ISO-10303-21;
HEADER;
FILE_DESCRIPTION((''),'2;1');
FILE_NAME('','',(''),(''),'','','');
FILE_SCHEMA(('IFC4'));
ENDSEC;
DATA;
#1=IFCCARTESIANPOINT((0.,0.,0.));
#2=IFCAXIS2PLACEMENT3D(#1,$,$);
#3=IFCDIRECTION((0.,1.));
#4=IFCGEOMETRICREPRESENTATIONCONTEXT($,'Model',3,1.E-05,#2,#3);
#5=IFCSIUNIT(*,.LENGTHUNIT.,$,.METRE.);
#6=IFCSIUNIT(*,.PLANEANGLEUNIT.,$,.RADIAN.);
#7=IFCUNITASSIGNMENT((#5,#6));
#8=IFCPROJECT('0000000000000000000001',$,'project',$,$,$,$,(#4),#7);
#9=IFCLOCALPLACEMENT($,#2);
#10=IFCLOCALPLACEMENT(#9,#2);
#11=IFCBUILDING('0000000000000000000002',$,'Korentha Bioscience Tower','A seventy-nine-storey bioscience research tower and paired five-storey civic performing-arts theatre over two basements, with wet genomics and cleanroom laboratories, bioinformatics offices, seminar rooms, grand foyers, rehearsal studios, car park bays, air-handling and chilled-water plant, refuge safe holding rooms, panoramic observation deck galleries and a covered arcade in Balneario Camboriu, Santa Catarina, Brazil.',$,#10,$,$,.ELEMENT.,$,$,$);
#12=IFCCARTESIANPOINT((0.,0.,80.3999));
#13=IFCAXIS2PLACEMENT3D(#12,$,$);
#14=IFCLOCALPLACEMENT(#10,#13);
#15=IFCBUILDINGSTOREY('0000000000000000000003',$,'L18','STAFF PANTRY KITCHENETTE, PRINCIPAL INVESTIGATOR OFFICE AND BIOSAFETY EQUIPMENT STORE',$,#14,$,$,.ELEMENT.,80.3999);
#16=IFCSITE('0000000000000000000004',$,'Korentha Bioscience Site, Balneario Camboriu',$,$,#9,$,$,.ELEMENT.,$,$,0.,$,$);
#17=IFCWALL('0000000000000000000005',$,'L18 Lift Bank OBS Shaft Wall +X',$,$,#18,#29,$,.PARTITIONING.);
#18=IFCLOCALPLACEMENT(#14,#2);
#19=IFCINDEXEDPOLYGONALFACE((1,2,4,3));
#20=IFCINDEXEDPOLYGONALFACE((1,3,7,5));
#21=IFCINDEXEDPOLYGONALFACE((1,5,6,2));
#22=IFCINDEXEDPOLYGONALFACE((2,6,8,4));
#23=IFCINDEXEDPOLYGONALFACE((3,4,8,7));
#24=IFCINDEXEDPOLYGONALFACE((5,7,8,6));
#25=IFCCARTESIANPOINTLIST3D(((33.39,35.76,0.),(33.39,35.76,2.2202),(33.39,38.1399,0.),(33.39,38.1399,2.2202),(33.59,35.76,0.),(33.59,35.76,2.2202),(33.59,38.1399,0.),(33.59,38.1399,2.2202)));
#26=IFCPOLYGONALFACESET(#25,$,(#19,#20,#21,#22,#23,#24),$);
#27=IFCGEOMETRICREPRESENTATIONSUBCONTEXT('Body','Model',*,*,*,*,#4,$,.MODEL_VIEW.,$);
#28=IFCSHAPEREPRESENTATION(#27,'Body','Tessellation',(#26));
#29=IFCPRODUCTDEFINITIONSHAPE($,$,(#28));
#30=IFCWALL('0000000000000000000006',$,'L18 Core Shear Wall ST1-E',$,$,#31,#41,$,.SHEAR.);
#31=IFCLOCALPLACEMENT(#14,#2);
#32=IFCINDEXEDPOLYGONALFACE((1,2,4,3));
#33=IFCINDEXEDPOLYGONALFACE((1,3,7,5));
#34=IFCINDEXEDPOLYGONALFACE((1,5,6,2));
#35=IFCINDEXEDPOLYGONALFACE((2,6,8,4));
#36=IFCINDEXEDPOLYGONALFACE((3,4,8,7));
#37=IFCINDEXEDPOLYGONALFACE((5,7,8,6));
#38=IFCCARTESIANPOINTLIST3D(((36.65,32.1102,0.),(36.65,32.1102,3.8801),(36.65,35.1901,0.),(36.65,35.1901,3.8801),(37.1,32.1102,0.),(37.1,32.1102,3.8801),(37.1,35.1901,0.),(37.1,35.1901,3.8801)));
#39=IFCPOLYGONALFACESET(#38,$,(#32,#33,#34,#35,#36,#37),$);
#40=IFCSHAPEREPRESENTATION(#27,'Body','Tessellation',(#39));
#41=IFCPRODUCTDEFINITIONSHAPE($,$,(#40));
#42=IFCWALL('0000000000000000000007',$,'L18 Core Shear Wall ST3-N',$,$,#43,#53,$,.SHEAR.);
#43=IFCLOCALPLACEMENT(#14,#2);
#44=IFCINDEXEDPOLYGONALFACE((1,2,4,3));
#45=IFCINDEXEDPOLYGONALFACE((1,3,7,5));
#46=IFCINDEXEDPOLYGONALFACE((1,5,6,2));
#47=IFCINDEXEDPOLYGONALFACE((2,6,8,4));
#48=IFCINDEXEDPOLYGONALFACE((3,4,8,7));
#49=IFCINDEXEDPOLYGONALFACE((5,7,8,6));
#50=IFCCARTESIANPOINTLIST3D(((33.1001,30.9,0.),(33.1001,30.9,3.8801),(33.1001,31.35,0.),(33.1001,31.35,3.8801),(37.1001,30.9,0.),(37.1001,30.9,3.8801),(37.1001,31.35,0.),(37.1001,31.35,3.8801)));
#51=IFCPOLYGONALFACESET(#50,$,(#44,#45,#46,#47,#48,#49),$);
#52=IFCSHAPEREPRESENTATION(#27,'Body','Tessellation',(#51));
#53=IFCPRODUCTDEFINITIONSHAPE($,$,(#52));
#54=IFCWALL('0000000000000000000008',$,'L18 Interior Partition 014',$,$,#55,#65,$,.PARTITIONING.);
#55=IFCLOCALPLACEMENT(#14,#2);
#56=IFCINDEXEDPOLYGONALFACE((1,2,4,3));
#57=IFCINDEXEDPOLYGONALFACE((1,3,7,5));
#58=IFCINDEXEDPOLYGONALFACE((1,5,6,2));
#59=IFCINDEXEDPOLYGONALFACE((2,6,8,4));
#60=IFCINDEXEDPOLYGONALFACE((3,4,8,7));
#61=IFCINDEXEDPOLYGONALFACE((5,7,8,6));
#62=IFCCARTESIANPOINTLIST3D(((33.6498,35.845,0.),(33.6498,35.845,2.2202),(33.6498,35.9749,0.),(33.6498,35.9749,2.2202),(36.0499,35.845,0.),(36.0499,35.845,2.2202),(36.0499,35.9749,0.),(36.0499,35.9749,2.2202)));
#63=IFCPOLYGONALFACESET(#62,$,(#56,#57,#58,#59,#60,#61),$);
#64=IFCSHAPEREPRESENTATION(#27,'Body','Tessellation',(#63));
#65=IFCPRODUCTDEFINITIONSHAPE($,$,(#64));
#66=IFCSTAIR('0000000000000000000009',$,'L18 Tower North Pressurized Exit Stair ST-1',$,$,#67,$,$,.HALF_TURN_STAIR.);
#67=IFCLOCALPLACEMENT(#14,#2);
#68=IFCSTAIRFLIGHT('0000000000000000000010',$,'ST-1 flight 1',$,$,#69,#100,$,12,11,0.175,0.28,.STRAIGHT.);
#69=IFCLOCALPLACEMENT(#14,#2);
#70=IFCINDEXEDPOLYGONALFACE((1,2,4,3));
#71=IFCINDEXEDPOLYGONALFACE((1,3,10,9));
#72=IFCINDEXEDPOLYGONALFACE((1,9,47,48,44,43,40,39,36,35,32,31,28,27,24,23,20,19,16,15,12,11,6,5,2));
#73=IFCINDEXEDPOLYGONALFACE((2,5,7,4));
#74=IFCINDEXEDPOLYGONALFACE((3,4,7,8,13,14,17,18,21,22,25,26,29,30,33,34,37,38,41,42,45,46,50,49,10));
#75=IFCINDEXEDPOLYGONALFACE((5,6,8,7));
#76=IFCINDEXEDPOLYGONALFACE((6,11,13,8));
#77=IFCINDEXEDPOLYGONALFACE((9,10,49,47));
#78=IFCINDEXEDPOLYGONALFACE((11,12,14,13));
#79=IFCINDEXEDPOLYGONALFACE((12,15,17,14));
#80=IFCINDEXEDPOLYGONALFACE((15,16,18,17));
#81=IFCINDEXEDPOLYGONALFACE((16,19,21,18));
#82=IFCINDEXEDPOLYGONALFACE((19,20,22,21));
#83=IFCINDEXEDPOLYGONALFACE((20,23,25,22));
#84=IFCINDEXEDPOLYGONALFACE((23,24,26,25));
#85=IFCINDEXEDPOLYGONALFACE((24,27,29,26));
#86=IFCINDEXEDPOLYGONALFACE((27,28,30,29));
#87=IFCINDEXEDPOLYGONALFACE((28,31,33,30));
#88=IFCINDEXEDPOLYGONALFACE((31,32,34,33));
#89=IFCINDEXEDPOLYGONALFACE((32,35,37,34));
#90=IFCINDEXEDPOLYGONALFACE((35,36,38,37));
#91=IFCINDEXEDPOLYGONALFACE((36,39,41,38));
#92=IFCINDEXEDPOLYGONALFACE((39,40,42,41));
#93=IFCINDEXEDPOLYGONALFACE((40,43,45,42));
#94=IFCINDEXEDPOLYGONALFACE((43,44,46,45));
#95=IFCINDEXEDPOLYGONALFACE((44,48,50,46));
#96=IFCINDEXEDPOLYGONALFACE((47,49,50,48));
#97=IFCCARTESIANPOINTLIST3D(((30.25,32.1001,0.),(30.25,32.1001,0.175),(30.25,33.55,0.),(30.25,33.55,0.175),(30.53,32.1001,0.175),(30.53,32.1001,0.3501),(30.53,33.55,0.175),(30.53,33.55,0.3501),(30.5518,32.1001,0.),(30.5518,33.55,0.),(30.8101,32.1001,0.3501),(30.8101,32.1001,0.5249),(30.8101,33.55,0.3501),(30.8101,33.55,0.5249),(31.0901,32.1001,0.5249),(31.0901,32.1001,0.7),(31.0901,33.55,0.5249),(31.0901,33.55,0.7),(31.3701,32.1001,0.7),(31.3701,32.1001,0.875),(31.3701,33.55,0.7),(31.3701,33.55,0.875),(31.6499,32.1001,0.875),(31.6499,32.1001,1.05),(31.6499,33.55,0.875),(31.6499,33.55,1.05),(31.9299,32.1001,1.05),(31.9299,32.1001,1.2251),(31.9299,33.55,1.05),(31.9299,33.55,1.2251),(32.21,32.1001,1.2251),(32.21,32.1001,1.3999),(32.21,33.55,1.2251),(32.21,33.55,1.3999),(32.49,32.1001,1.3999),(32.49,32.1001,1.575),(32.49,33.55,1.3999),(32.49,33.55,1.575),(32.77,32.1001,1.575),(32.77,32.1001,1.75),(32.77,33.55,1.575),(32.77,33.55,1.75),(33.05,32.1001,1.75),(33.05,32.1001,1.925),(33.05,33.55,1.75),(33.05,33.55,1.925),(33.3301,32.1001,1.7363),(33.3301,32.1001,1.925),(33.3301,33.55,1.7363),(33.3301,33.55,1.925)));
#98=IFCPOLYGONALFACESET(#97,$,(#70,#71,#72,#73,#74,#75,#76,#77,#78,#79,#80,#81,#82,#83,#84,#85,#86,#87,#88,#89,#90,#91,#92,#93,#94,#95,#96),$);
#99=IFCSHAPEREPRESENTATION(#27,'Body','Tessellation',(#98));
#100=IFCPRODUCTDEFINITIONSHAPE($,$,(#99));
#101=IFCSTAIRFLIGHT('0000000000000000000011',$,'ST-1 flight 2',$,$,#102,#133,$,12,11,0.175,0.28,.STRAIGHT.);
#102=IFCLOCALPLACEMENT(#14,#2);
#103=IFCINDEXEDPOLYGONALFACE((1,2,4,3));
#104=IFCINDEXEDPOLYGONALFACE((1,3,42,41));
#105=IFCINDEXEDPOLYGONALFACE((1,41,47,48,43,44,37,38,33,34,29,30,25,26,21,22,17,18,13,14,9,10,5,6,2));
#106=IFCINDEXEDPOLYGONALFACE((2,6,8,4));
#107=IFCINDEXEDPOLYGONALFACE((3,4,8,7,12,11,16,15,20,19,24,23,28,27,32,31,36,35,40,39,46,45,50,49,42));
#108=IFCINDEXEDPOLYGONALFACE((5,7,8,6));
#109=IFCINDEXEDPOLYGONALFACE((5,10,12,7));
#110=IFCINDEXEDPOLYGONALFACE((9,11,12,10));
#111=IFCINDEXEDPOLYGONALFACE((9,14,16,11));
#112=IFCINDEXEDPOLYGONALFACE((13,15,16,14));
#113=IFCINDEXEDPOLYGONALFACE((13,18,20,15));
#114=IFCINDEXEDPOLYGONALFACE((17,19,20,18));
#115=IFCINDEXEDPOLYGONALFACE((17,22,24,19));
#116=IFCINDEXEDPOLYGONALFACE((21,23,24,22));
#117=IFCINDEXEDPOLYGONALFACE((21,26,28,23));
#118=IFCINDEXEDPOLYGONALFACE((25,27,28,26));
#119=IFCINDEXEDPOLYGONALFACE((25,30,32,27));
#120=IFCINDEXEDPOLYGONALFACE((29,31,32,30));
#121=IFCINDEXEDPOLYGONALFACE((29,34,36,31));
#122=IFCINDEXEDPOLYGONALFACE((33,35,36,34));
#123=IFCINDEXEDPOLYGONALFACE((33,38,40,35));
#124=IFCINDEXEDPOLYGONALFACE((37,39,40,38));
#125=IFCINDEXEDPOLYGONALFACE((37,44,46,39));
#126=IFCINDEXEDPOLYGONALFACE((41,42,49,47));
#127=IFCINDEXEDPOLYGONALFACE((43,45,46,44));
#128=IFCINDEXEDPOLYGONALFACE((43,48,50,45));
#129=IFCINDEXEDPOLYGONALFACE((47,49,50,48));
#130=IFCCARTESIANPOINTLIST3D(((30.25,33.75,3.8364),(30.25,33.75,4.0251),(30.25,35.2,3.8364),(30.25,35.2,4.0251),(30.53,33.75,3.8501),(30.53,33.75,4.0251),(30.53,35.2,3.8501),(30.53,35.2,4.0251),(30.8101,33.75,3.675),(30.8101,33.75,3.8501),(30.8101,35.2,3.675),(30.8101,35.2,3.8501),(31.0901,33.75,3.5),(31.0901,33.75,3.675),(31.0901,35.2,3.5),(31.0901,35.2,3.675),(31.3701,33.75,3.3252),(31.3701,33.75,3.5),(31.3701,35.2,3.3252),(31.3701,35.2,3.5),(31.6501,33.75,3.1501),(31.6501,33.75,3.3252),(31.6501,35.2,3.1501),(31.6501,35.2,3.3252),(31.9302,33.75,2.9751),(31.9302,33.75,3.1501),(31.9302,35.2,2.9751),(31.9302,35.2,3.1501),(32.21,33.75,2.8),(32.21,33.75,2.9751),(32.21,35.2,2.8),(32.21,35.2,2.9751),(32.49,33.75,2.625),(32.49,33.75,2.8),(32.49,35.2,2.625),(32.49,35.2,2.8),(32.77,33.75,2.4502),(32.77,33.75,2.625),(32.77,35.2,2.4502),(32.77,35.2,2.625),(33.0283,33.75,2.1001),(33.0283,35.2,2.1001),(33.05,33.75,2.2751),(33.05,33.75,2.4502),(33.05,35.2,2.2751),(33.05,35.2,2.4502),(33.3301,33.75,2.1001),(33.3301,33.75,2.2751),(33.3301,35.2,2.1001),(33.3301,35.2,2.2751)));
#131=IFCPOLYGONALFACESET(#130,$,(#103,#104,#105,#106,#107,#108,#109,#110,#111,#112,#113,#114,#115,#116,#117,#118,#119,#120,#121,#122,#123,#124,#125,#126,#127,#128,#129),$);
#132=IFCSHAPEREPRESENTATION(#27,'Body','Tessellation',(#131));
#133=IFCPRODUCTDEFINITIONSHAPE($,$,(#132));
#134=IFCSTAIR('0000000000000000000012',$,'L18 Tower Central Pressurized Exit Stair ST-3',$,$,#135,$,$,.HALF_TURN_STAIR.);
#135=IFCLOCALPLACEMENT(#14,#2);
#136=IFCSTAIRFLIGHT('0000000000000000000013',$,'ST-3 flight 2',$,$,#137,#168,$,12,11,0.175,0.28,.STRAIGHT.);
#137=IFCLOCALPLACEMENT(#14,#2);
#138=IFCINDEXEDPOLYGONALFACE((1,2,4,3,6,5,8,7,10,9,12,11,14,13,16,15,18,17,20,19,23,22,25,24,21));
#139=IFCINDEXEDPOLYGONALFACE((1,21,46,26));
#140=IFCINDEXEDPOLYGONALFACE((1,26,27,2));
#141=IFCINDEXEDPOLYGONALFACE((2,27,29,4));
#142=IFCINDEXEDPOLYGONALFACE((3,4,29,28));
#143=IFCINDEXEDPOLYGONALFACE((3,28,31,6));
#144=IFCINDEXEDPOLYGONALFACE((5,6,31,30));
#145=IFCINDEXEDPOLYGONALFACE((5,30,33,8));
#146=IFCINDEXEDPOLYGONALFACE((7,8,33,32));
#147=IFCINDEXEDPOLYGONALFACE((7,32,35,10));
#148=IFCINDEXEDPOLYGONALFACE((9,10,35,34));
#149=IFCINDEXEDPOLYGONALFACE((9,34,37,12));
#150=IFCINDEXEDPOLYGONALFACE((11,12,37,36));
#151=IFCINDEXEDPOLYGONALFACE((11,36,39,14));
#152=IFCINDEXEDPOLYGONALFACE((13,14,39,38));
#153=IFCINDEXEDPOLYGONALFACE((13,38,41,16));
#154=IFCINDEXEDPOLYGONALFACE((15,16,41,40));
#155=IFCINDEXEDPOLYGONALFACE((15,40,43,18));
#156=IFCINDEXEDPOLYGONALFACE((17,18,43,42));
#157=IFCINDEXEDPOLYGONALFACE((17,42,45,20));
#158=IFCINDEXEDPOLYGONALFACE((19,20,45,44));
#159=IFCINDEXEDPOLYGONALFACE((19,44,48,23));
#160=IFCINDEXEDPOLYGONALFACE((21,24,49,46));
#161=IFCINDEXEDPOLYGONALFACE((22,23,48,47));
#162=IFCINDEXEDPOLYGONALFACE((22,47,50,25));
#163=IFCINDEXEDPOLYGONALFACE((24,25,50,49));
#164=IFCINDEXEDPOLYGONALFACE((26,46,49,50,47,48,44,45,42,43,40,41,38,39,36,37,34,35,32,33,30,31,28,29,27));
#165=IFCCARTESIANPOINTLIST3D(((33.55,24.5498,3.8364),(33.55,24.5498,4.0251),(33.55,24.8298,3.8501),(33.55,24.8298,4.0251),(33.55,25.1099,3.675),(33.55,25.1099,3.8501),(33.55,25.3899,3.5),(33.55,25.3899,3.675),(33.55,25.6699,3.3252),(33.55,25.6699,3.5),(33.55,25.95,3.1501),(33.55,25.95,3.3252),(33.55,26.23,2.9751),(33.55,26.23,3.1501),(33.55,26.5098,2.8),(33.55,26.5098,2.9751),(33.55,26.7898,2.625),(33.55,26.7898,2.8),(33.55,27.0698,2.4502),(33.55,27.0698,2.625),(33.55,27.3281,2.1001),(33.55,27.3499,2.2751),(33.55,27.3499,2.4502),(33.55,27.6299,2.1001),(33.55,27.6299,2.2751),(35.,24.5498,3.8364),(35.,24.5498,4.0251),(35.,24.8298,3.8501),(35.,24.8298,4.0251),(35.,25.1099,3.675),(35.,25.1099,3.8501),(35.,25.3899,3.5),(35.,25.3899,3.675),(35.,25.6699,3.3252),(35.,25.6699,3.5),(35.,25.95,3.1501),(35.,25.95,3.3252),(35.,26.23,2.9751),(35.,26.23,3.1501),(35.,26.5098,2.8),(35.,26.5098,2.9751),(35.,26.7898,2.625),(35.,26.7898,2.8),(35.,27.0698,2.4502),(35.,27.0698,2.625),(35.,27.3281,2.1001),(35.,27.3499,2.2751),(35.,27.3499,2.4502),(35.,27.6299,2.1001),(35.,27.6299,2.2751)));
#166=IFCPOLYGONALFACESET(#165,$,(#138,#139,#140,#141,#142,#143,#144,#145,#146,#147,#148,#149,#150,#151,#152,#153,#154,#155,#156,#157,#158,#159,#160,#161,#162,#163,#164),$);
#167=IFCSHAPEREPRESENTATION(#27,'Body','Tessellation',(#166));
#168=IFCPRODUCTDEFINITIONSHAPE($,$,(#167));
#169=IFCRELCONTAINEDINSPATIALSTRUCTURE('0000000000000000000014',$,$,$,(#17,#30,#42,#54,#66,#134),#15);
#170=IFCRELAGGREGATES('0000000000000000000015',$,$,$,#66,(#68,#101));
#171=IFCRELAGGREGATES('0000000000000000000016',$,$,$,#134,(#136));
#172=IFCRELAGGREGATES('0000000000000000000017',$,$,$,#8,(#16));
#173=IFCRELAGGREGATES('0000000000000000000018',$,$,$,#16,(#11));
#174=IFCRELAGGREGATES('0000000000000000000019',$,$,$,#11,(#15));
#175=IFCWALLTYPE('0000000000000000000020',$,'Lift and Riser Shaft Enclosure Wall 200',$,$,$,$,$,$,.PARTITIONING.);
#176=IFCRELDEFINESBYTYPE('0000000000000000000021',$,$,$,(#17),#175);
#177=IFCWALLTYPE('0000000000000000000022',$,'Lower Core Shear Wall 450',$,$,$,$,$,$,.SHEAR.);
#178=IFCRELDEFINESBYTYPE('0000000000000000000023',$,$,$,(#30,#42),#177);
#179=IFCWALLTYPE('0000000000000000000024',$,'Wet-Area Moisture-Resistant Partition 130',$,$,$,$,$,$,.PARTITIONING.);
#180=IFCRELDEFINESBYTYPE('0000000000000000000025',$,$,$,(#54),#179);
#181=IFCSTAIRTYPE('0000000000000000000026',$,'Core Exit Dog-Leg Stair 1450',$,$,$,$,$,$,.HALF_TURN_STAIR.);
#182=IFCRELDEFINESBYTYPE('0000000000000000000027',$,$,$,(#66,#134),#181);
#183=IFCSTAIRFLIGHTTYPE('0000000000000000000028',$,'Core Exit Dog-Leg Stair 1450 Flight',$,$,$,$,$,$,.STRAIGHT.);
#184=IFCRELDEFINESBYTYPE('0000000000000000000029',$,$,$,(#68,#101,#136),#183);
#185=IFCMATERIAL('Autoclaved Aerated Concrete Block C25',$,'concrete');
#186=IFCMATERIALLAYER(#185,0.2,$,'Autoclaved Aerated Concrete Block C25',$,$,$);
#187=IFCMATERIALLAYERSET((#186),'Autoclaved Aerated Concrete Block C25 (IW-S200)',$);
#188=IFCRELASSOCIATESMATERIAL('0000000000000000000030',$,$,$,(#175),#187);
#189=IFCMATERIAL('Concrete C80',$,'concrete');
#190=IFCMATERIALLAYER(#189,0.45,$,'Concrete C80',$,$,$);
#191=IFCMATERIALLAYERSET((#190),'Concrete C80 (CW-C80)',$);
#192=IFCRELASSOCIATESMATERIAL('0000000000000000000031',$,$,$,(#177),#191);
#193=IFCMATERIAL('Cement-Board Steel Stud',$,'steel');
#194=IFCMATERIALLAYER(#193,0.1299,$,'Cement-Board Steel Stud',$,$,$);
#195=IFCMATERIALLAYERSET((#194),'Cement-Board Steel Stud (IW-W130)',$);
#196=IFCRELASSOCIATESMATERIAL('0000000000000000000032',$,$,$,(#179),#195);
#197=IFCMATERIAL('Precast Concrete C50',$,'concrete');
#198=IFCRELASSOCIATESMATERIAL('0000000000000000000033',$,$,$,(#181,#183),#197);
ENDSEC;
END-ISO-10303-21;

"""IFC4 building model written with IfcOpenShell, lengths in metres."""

from ifc_helpers import new_model, si_unit, direction, frame, frame_2d, origin, place, context, subcontext, project, spatial, polyline, rectangle, outline, extrude, material, layer, layer_set, type_object, element, aggregate, save


model = new_model("IFC4")

# Units and contexts
model_context = context("Model", 3, precision=1e-05, world=origin(), true_north=direction((0.0, 1.0)))
body_context = subcontext(model_context, "Body", "Model", "MODEL_VIEW")
ifc_project = project(units=[si_unit("LENGTHUNIT", "METRE"), si_unit("PLANEANGLEUNIT", "RADIAN")], contexts=[model_context])

# Site, building, storey
site_placement = place(None, origin())
site = spatial("IfcSite", under=ifc_project, at=site_placement, Name="Korentha Bioscience Site, Balneario Camboriu", CompositionType="ELEMENT", RefElevation=0.0)
building_placement = place(site_placement, origin())
building = spatial("IfcBuilding", under=site, at=building_placement, Name="Korentha Bioscience Tower", Description="A seventy-nine-storey bioscience research tower and paired five-storey civic performing-arts theatre over two basements, with wet genomics and cleanroom laboratories, bioinformatics offices, seminar rooms, grand foyers, rehearsal studios, car park bays, air-handling and chilled-water plant, refuge safe holding rooms, panoramic observation deck galleries and a covered arcade in Balneario Camboriu, Santa Catarina, Brazil.", CompositionType="ELEMENT")
storey_placement = place(building_placement, frame((0.0, 0.0, 80.3999)))
storey = spatial("IfcBuildingStorey", under=building, at=storey_placement, Name="L18", Description="STAFF PANTRY KITCHENETTE, PRINCIPAL INVESTIGATOR OFFICE AND BIOSAFETY EQUIPMENT STORE", CompositionType="ELEMENT", Elevation=80.3999)

# Walls
ifc_material_1 = material(Name="Autoclaved Aerated Concrete Block C25", Category="concrete")
ifc_layer_1 = layer(ifc_material_1, 0.2, Name="Autoclaved Aerated Concrete Block C25")
ifc_layer_set_1 = layer_set([ifc_layer_1], Name="Autoclaved Aerated Concrete Block C25 (IW-S200)")
wall_type_1 = type_object("IfcWallType", Name="Lift and Riser Shaft Enclosure Wall 200", PredefinedType="PARTITIONING", material=ifc_layer_set_1)
wall_1_placement = place(storey_placement, frame((33.49, 35.76, 0.0), z_axis=(0.0, 0.0, 1.0), x_axis=(0.0, 1.0, 0.0)))
element("IfcWall", 1, at=wall_1_placement, inside=storey, type_object=wall_type_1, Name="L18 Lift Bank OBS Shaft Wall +X", PredefinedType="PARTITIONING", context=body_context, shape_type="SweptSolid", body=[
    extrude(rectangle(XDim=2.3799, YDim=0.2, at=frame_2d((1.1899, 0.0))), origin(), (0.0, 0.0, 1.0), 2.2202),
])
ifc_material_2 = material(Name="Concrete C80", Category="concrete")
ifc_layer_2 = layer(ifc_material_2, 0.45, Name="Concrete C80")
ifc_layer_set_2 = layer_set([ifc_layer_2], Name="Concrete C80 (CW-C80)")
wall_type_2 = type_object("IfcWallType", Name="Lower Core Shear Wall 450", PredefinedType="SHEAR", material=ifc_layer_set_2)
wall_2_placement = place(storey_placement, frame((36.875, 32.1101, 0.0), z_axis=(0.0, 0.0, 1.0), x_axis=(0.0, 1.0, 0.0)))
element("IfcWall", 2, at=wall_2_placement, inside=storey, type_object=wall_type_2, Name="L18 Core Shear Wall ST1-E", PredefinedType="SHEAR", context=body_context, shape_type="SweptSolid", body=[
    extrude(rectangle(XDim=3.0798, YDim=0.45, at=frame_2d((1.54, 0.0))), origin(), (0.0, 0.0, 1.0), 3.8801),
])
wall_3_placement = place(storey_placement, frame((33.1001, 31.125, 0.0), z_axis=(0.0, 0.0, 1.0), x_axis=(1.0, 0.0, 0.0)))
element("IfcWall", 3, at=wall_3_placement, inside=storey, type_object=wall_type_2, Name="L18 Core Shear Wall ST3-N", PredefinedType="SHEAR", context=body_context, shape_type="SweptSolid", body=[
    extrude(rectangle(XDim=4.0, YDim=0.45, at=frame_2d((2.0, 0.0))), origin(), (0.0, 0.0, 1.0), 3.8801),
])
ifc_material_3 = material(Name="Cement-Board Steel Stud", Category="steel")
ifc_layer_3 = layer(ifc_material_3, 0.1299, Name="Cement-Board Steel Stud")
ifc_layer_set_3 = layer_set([ifc_layer_3], Name="Cement-Board Steel Stud (IW-W130)")
wall_type_3 = type_object("IfcWallType", Name="Wet-Area Moisture-Resistant Partition 130", PredefinedType="PARTITIONING", material=ifc_layer_set_3)
wall_4_placement = place(storey_placement, frame((36.05, 35.9099, 0.0), z_axis=(0.0, 0.0, 1.0), x_axis=(-1.0, 0.0, 0.0)))
element("IfcWall", 4, at=wall_4_placement, inside=storey, type_object=wall_type_3, Name="L18 Interior Partition 014", PredefinedType="PARTITIONING", context=body_context, shape_type="SweptSolid", body=[
    extrude(rectangle(XDim=2.4001, YDim=0.1299, at=frame_2d((1.2002, 0.0))), origin(), (0.0, 0.0, 1.0), 2.2202),
])

# Stair, stair flights
ifc_material_4 = material(Name="Precast Concrete C50", Category="concrete")
stair_type = type_object("IfcStairType", Name="Core Exit Dog-Leg Stair 1450", PredefinedType="HALF_TURN_STAIR", material=ifc_material_4)
stair_1_placement = place(storey_placement, origin())
stair_1 = element("IfcStair", 5, at=stair_1_placement, inside=storey, type_object=stair_type, Name="L18 Tower North Pressurized Exit Stair ST-1", PredefinedType="HALF_TURN_STAIR")
stair_flight_type = type_object("IfcStairFlightType", Name="Core Exit Dog-Leg Stair 1450 Flight", PredefinedType="STRAIGHT", material=ifc_material_4)
stair_flight_1_placement = place(storey_placement, frame((30.25, 32.825, 0.0), z_axis=(0.0, 0.0, 1.0), x_axis=(1.0, 0.0, 0.0)))
stair_flight_1 = element("IfcStairFlight", 6, at=stair_flight_1_placement, type_object=stair_flight_type, Name="ST-1 flight 1", NumberOfRisers=12, NumberOfTreads=11, PredefinedType="STRAIGHT", RiserHeight=0.175, TreadLength=0.28, context=body_context, shape_type="SweptSolid", body=[
    extrude(outline(polyline([(0.0, 0.0), (0.0, 0.175), (0.28, 0.175), (0.28, 0.3501), (0.5601, 0.3501), (0.5601, 0.5249), (0.8401, 0.5249), (0.8401, 0.7), (1.1201, 0.7), (1.1201, 0.875), (1.3999, 0.875), (1.3999, 1.05), (1.6799, 1.05), (1.6799, 1.2251), (1.96, 1.2251), (1.96, 1.3999), (2.24, 1.3999), (2.24, 1.575), (2.52, 1.575), (2.52, 1.75), (2.8, 1.75), (2.8, 1.925), (3.0801, 1.925), (3.0801, 2.1001), (3.0801, 1.7363), (0.3018, 0.0), (0.0, 0.0)])), frame((0.0, 0.7251, 0.0), z_axis=(0.0, -1.0, 0.0), x_axis=(1.0, 0.0, 0.0)), (0.0, 0.0, 1.0), 1.45),
])
stair_flight_2_placement = place(storey_placement, frame((33.3301, 34.4751, 2.1001), z_axis=(0.0, 0.0, 1.0), x_axis=(-1.0, 0.0, 0.0)))
stair_flight_2 = element("IfcStairFlight", 7, at=stair_flight_2_placement, type_object=stair_flight_type, Name="ST-1 flight 2", NumberOfRisers=12, NumberOfTreads=11, PredefinedType="STRAIGHT", RiserHeight=0.175, TreadLength=0.28, context=body_context, shape_type="SweptSolid", body=[
    extrude(outline(polyline([(0.0, 0.0), (0.0, 0.175), (0.28, 0.175), (0.28, 0.3501), (0.5601, 0.3501), (0.5601, 0.5249), (0.8401, 0.5249), (0.8401, 0.7), (1.1201, 0.7), (1.1201, 0.875), (1.3999, 0.875), (1.3999, 1.05), (1.6799, 1.05), (1.6799, 1.2251), (1.96, 1.2251), (1.96, 1.3999), (2.24, 1.3999), (2.24, 1.575), (2.52, 1.575), (2.52, 1.75), (2.8, 1.75), (2.8, 1.925), (3.0801, 1.925), (3.0801, 2.1001), (3.0801, 1.7363), (0.3018, 0.0), (0.0, 0.0)])), frame((0.0, 0.7251, 0.0), z_axis=(0.0, -1.0, 0.0), x_axis=(1.0, 0.0, 0.0)), (0.0, 0.0, 1.0), 1.45),
])
aggregate(stair_1, [stair_flight_1, stair_flight_2])

# Stair, stair flight
stair_2_placement = place(storey_placement, origin())
stair_2 = element("IfcStair", 8, at=stair_2_placement, inside=storey, type_object=stair_type, Name="L18 Tower Central Pressurized Exit Stair ST-3", PredefinedType="HALF_TURN_STAIR")
stair_flight_3_placement = place(storey_placement, frame((34.2749, 27.6299, 2.1001), z_axis=(0.0, 0.0, 1.0), x_axis=(0.0, -1.0, 0.0)))
stair_flight_3 = element("IfcStairFlight", 9, at=stair_flight_3_placement, type_object=stair_flight_type, Name="ST-3 flight 2", NumberOfRisers=12, NumberOfTreads=11, PredefinedType="STRAIGHT", RiserHeight=0.175, TreadLength=0.28, context=body_context, shape_type="SweptSolid", body=[
    extrude(outline(polyline([(0.0, 0.0), (0.0, 0.175), (0.28, 0.175), (0.28, 0.3501), (0.5601, 0.3501), (0.5601, 0.5249), (0.8401, 0.5249), (0.8401, 0.7), (1.1201, 0.7), (1.1201, 0.875), (1.3999, 0.875), (1.3999, 1.05), (1.6799, 1.05), (1.6799, 1.2251), (1.96, 1.2251), (1.96, 1.3999), (2.24, 1.3999), (2.24, 1.575), (2.52, 1.575), (2.52, 1.75), (2.8, 1.75), (2.8, 1.925), (3.0801, 1.925), (3.0801, 2.1001), (3.0801, 1.7363), (0.3018, 0.0), (0.0, 0.0)])), frame((0.0, 0.7251, 0.0), z_axis=(0.0, -1.0, 0.0), x_axis=(1.0, 0.0, 0.0)), (0.0, 0.0, 1.0), 1.45),
])
aggregate(stair_2, [stair_flight_3])

save(model, "model.ifc")
